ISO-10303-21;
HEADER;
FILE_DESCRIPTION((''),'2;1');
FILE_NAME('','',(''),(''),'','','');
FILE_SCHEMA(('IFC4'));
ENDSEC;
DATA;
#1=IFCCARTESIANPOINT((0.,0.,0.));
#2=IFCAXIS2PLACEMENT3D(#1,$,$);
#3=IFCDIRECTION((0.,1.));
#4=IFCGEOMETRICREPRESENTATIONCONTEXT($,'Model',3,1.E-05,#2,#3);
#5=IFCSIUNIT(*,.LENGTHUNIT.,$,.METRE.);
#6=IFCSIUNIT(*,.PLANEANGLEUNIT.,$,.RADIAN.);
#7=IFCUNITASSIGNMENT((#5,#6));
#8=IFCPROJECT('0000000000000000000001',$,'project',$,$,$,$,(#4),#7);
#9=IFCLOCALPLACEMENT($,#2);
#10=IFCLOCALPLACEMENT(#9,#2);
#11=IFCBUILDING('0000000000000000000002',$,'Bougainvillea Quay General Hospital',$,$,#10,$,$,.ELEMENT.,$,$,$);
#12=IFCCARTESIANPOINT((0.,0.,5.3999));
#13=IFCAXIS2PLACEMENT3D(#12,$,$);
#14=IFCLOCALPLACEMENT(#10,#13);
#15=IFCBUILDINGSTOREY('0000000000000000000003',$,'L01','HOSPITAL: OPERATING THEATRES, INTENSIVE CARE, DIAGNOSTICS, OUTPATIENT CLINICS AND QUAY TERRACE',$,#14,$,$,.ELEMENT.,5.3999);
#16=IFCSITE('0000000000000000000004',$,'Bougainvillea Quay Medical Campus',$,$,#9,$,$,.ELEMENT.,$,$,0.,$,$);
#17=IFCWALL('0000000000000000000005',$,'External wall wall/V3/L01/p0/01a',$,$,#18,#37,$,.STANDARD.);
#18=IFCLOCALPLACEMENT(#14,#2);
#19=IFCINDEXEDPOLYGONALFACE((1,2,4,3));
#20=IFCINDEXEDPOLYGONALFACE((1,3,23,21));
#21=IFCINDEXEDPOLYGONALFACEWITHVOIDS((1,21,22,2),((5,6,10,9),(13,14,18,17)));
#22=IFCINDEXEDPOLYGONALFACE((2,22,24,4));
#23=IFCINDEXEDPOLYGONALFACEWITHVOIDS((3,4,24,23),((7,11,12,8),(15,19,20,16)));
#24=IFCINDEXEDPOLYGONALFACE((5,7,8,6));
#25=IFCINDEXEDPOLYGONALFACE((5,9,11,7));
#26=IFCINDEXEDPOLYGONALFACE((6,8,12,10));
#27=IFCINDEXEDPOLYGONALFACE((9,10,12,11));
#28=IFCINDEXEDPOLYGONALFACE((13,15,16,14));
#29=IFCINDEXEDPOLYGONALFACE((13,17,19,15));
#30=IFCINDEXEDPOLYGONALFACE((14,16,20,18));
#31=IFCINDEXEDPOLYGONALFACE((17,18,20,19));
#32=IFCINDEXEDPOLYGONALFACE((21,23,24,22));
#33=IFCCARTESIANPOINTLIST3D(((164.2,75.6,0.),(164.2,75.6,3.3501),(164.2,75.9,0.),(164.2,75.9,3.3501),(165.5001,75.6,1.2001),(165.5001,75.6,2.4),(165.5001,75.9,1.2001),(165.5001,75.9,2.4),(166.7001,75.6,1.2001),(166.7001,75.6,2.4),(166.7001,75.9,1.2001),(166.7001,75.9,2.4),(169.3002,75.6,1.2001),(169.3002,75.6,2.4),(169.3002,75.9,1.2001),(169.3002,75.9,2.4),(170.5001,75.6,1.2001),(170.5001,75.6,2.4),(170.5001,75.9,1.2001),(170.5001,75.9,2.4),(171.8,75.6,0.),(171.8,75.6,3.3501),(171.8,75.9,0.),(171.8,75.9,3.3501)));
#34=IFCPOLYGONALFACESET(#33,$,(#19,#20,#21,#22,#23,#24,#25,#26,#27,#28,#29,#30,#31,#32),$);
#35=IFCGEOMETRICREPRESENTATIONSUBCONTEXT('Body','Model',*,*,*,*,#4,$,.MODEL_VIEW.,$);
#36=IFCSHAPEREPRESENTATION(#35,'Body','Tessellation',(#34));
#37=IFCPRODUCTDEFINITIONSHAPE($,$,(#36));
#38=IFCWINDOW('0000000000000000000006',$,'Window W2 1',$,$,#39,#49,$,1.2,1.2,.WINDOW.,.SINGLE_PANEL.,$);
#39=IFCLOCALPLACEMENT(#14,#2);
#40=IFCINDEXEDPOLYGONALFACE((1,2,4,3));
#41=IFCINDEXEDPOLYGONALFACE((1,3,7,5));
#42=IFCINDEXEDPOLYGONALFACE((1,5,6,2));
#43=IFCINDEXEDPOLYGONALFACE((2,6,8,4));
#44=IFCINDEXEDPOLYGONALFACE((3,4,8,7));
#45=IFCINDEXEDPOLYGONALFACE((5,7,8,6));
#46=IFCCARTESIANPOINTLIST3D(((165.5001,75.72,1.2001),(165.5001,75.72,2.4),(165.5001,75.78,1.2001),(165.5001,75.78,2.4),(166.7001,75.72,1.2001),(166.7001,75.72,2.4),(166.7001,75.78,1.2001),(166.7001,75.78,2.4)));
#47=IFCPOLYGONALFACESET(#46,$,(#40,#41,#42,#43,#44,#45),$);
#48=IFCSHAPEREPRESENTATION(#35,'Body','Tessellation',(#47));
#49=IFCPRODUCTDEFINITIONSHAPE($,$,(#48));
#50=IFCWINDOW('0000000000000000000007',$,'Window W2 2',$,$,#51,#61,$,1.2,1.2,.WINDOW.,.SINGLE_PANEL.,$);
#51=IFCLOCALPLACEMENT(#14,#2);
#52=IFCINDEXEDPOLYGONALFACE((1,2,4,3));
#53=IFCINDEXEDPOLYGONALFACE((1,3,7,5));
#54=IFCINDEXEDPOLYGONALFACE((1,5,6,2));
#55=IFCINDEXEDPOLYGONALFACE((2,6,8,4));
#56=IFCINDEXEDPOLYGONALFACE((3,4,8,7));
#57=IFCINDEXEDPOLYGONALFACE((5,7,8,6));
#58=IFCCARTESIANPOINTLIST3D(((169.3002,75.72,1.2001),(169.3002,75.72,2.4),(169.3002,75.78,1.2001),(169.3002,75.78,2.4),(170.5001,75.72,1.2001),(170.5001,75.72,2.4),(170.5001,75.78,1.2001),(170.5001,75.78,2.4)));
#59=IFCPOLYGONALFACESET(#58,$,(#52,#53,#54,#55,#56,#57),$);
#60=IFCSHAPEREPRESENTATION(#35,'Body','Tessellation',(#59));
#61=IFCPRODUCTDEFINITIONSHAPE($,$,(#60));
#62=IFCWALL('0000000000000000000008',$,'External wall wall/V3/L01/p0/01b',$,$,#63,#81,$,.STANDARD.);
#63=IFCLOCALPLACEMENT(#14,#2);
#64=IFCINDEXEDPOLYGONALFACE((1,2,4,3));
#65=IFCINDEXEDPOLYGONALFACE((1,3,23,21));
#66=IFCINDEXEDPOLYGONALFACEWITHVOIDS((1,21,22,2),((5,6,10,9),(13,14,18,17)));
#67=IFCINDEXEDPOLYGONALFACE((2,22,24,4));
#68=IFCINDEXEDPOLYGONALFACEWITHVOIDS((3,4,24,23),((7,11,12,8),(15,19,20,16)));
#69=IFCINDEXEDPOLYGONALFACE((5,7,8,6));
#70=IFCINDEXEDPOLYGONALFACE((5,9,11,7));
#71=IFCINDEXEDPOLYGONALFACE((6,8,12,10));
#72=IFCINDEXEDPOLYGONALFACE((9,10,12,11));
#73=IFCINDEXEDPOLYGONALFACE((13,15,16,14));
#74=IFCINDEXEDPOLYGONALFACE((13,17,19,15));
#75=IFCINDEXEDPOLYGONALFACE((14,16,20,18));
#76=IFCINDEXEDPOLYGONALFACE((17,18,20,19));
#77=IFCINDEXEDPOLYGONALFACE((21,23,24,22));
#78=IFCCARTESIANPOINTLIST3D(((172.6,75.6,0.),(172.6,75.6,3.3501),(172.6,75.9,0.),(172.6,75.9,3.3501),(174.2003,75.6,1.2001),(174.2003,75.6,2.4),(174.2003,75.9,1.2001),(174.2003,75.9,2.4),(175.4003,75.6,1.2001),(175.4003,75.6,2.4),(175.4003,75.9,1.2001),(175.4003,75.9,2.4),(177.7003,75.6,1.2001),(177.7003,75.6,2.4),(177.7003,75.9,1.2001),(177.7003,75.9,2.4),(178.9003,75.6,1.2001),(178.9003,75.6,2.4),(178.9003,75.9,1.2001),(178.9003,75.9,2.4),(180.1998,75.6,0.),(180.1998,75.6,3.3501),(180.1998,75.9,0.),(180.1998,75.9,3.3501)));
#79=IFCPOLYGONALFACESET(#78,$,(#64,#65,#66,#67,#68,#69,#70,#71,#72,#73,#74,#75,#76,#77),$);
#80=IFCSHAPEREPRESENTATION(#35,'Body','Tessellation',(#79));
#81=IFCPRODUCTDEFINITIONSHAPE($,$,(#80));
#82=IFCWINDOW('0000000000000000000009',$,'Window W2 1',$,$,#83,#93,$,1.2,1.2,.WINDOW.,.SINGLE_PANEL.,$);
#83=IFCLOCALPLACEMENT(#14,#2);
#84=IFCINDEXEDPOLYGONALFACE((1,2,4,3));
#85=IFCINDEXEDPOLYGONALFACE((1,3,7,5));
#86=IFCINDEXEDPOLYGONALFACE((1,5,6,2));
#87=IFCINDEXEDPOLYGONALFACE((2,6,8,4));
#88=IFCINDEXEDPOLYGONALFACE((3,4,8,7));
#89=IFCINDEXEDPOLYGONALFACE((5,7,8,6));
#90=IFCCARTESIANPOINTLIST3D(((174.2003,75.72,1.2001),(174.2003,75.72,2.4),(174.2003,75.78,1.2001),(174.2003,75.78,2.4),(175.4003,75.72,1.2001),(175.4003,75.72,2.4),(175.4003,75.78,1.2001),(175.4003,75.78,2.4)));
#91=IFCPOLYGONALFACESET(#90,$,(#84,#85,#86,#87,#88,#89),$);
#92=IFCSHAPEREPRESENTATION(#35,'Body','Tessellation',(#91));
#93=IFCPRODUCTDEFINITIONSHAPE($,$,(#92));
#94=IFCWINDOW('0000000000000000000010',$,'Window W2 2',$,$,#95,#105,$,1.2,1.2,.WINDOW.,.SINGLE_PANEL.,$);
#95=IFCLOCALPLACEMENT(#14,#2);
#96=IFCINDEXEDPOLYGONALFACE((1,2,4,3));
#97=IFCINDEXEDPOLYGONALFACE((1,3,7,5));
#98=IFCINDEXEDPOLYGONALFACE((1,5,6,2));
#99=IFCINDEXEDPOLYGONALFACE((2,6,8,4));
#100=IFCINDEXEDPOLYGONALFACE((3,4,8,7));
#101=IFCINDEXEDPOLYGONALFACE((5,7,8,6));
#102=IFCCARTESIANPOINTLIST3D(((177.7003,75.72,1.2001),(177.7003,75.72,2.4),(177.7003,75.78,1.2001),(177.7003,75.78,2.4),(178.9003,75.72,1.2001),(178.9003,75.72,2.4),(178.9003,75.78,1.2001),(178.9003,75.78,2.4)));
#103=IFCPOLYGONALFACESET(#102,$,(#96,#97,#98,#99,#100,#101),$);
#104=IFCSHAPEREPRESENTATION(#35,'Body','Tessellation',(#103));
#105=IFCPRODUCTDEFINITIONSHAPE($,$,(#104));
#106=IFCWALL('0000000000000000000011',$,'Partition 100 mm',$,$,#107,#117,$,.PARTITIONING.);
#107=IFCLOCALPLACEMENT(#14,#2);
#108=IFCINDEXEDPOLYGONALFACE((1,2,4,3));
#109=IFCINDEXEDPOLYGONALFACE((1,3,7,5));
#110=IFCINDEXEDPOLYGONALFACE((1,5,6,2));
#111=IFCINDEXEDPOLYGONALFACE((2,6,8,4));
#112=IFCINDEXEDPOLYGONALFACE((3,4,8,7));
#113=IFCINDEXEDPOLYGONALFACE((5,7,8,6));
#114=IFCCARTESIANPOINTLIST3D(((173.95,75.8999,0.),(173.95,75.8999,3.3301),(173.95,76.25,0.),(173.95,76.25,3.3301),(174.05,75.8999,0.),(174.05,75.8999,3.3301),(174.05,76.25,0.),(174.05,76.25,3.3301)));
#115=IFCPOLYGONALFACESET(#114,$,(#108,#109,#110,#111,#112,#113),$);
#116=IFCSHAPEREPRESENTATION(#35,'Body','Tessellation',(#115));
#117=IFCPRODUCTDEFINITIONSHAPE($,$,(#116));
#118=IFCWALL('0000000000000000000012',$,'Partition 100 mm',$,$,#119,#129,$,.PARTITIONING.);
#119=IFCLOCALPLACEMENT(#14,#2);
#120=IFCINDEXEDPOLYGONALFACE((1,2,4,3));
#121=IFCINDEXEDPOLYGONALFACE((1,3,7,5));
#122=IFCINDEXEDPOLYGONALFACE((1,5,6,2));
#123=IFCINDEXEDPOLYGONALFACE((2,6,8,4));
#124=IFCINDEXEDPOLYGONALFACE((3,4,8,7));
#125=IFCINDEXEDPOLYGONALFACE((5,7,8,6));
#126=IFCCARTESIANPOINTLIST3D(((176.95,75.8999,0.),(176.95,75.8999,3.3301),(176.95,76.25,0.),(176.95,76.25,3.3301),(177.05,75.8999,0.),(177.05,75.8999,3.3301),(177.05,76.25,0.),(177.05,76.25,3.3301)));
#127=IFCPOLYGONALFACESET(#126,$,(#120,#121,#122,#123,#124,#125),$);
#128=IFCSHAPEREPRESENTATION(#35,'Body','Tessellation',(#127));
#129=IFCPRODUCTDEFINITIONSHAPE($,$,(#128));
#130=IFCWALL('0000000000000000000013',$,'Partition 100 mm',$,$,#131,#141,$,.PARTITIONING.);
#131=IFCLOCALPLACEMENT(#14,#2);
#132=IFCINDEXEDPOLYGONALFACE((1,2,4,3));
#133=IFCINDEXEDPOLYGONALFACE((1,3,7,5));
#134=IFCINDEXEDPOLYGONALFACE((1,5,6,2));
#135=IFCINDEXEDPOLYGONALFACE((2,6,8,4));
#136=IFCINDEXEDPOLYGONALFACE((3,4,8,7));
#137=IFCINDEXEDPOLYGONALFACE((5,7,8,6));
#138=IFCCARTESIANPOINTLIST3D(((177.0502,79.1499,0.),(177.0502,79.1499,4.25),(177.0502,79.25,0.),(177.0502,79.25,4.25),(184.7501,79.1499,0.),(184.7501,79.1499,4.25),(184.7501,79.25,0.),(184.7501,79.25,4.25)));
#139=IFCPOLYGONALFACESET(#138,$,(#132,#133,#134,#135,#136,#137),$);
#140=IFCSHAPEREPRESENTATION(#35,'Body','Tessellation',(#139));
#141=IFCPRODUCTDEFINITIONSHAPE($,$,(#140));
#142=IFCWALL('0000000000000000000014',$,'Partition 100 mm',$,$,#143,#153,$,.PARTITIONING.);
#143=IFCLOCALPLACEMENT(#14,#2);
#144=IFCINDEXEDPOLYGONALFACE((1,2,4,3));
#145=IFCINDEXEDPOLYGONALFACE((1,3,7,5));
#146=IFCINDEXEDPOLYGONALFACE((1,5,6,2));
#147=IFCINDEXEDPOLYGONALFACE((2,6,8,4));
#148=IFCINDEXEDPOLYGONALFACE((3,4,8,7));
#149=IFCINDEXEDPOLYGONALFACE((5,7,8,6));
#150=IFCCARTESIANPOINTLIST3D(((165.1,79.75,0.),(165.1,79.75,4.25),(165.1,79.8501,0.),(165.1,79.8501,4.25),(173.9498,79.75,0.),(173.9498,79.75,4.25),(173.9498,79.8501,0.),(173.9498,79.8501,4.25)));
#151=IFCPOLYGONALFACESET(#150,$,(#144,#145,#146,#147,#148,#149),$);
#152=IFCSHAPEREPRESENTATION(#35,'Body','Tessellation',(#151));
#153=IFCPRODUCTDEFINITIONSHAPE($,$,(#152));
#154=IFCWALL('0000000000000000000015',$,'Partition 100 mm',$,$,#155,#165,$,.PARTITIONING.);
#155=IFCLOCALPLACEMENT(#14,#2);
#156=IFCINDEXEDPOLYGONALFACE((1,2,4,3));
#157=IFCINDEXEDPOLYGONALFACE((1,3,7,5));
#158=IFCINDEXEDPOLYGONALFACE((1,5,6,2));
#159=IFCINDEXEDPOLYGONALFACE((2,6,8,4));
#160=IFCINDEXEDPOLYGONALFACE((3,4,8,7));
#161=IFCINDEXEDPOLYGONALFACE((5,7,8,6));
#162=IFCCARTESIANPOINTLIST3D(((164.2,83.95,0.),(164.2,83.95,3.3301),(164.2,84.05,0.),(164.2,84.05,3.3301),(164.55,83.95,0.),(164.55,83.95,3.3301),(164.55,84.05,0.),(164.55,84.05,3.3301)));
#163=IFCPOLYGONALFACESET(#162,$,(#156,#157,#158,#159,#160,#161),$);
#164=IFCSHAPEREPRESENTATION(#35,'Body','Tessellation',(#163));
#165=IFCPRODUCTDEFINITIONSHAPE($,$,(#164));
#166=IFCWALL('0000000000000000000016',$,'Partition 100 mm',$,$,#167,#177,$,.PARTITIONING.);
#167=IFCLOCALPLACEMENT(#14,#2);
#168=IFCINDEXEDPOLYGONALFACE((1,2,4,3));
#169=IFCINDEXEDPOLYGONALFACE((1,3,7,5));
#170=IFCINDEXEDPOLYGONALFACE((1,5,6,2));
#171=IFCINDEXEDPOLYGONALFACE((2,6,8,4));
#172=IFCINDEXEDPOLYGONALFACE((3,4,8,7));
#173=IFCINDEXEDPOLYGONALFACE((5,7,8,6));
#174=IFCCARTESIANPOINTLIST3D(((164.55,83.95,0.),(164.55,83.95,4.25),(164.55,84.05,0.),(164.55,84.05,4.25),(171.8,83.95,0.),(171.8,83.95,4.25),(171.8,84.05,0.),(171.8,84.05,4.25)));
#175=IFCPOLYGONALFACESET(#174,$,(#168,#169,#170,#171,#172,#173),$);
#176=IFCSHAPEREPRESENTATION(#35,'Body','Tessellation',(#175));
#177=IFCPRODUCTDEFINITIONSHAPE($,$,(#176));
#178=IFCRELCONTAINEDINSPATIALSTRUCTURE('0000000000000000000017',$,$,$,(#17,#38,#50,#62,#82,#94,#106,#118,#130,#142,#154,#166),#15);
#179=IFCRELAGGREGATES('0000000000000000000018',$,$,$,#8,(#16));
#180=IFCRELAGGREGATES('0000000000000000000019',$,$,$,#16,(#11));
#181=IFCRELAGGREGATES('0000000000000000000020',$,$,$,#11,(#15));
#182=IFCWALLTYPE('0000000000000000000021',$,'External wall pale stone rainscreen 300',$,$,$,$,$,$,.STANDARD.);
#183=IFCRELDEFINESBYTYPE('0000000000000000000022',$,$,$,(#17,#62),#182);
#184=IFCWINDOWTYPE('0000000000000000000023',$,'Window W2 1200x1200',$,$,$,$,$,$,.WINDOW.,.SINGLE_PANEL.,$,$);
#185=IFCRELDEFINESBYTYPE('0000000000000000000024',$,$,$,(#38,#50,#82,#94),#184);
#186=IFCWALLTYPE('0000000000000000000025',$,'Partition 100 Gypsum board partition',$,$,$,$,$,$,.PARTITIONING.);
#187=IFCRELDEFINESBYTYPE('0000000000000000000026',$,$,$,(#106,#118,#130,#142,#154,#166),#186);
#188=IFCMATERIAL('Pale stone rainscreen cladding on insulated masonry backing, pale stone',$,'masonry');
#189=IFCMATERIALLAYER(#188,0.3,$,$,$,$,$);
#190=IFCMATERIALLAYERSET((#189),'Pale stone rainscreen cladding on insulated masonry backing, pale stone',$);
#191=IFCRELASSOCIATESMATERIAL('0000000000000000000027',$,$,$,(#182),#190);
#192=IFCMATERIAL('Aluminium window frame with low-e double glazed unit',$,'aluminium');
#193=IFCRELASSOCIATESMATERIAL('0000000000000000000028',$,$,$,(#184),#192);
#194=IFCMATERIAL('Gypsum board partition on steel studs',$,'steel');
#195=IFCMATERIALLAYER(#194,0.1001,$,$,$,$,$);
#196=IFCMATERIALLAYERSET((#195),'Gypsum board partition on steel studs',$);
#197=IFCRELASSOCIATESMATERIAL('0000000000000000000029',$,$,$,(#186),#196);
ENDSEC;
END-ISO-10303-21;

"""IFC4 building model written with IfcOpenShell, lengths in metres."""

from ifc_helpers import new_model, si_unit, direction, frame, frame_2d, origin, place, context, subcontext, project, spatial, rectangle, extrude, material, layer, layer_set, type_object, element, fill, save


model = new_model("IFC4")

# Units and contexts
model_context = context("Model", 3, precision=1e-05, world=origin(), true_north=direction((0.0, 1.0)))
body_context = subcontext(model_context, "Body", "Model", "MODEL_VIEW")
ifc_project = project(units=[si_unit("LENGTHUNIT", "METRE"), si_unit("PLANEANGLEUNIT", "RADIAN")], contexts=[model_context])

# Site, building, storey
site_placement = place(None, origin())
site = spatial("IfcSite", under=ifc_project, at=site_placement, Name="Bougainvillea Quay Medical Campus", CompositionType="ELEMENT", RefElevation=0.0)
building_placement = place(site_placement, origin())
building = spatial("IfcBuilding", under=site, at=building_placement, Name="Bougainvillea Quay General Hospital", CompositionType="ELEMENT")
storey_placement = place(building_placement, frame((0.0, 0.0, 5.3999)))
storey = spatial("IfcBuildingStorey", under=building, at=storey_placement, Name="L01", Description="HOSPITAL: OPERATING THEATRES, INTENSIVE CARE, DIAGNOSTICS, OUTPATIENT CLINICS AND QUAY TERRACE", CompositionType="ELEMENT", Elevation=5.3999)

# Shared definitions
ifc_material_1 = material(Name="Pale stone rainscreen cladding on insulated masonry backing, pale stone", Category="masonry")
ifc_layer_1 = layer(ifc_material_1, 0.3)
ifc_layer_set_1 = layer_set([ifc_layer_1], Name="Pale stone rainscreen cladding on insulated masonry backing, pale stone")
wall_type_1 = type_object("IfcWallType", Name="External wall pale stone rainscreen 300", PredefinedType="STANDARD", material=ifc_layer_set_1)
ifc_material_2 = material(Name="Aluminium window frame with low-e double glazed unit", Category="aluminium")
window_type = type_object("IfcWindowType", Name="Window W2 1200x1200", PartitioningType="SINGLE_PANEL", PredefinedType="WINDOW", material=ifc_material_2)

# Walls, openings, windows
wall_1_placement = place(storey_placement, frame((164.2, 75.75, 0.0), z_axis=(0.0, 0.0, 1.0), x_axis=(1.0, 0.0, 0.0)))
wall_1 = element("IfcWall", 1, at=wall_1_placement, inside=storey, type_object=wall_type_1, Name="External wall wall/V3/L01/p0/01a", PredefinedType="STANDARD", context=body_context, shape_type="SweptSolid", body=[
    extrude(rectangle(XDim=7.6001, YDim=0.3, at=frame_2d((3.8, 0.0))), origin(), (0.0, 0.0, 1.0), 3.3501),
])
opening_1_placement = place(wall_1_placement, frame((1.3, 0.0, 1.2)))
opening_1 = element("IfcOpeningElement", 2, at=opening_1_placement, cuts=wall_1, PredefinedType="OPENING", context=body_context, shape_type="SweptSolid", body=[
    extrude(rectangle(XDim=1.2, YDim=1.2, at=frame_2d((0.6001, 0.6001))), frame((0.0, 0.1599, 0.0), z_axis=(0.0, -1.0, 0.0), x_axis=(1.0, 0.0, 0.0)), (0.0, 0.0, 1.0), 0.3201),
])
opening_2_placement = place(wall_1_placement, frame((5.1001, 0.0, 1.2)))
opening_2 = element("IfcOpeningElement", 3, at=opening_2_placement, cuts=wall_1, PredefinedType="OPENING", context=body_context, shape_type="SweptSolid", body=[
    extrude(rectangle(XDim=1.2, YDim=1.2, at=frame_2d((0.6001, 0.6001))), frame((0.0, 0.1599, 0.0), z_axis=(0.0, -1.0, 0.0), x_axis=(1.0, 0.0, 0.0)), (0.0, 0.0, 1.0), 0.3201),
])
window_1_placement = place(opening_1_placement, origin())
window_1 = element("IfcWindow", 4, at=window_1_placement, inside=storey, type_object=window_type, Name="Window W2 1", OverallHeight=1.2, OverallWidth=1.2, PartitioningType="SINGLE_PANEL", PredefinedType="WINDOW", context=body_context, shape_type="SweptSolid", body=[
    extrude(rectangle(XDim=1.2, YDim=1.2, at=frame_2d((0.6001, 0.6001))), frame((0.0, 0.03, 0.0), z_axis=(0.0, -1.0, 0.0), x_axis=(1.0, 0.0, 0.0)), (0.0, 0.0, 1.0), 0.0601),
])
fill(opening_1, window_1)
window_2_placement = place(opening_2_placement, origin())
window_2 = element("IfcWindow", 5, at=window_2_placement, inside=storey, type_object=window_type, Name="Window W2 2", OverallHeight=1.2, OverallWidth=1.2, PartitioningType="SINGLE_PANEL", PredefinedType="WINDOW", context=body_context, shape_type="SweptSolid", body=[
    extrude(rectangle(XDim=1.2, YDim=1.2, at=frame_2d((0.6001, 0.6001))), frame((0.0, 0.03, 0.0), z_axis=(0.0, -1.0, 0.0), x_axis=(1.0, 0.0, 0.0)), (0.0, 0.0, 1.0), 0.0601),
])
fill(opening_2, window_2)
wall_2_placement = place(storey_placement, frame((172.6001, 75.75, 0.0), z_axis=(0.0, 0.0, 1.0), x_axis=(1.0, 0.0, 0.0)))
wall_2 = element("IfcWall", 6, at=wall_2_placement, inside=storey, type_object=wall_type_1, Name="External wall wall/V3/L01/p0/01b", PredefinedType="STANDARD", context=body_context, shape_type="SweptSolid", body=[
    extrude(rectangle(XDim=7.5999, YDim=0.3, at=frame_2d((3.7998, 0.0))), origin(), (0.0, 0.0, 1.0), 3.3501),
])
opening_3_placement = place(wall_2_placement, frame((1.6001, 0.0, 1.2)))
opening_3 = element("IfcOpeningElement", 7, at=opening_3_placement, cuts=wall_2, PredefinedType="OPENING", context=body_context, shape_type="SweptSolid", body=[
    extrude(rectangle(XDim=1.2, YDim=1.2, at=frame_2d((0.6001, 0.6001))), frame((0.0, 0.1599, 0.0), z_axis=(0.0, -1.0, 0.0), x_axis=(1.0, 0.0, 0.0)), (0.0, 0.0, 1.0), 0.3201),
])
opening_4_placement = place(wall_2_placement, frame((5.1001, 0.0, 1.2)))
opening_4 = element("IfcOpeningElement", 8, at=opening_4_placement, cuts=wall_2, PredefinedType="OPENING", context=body_context, shape_type="SweptSolid", body=[
    extrude(rectangle(XDim=1.2, YDim=1.2, at=frame_2d((0.6001, 0.6001))), frame((0.0, 0.1599, 0.0), z_axis=(0.0, -1.0, 0.0), x_axis=(1.0, 0.0, 0.0)), (0.0, 0.0, 1.0), 0.3201),
])
window_3_placement = place(opening_3_placement, origin())
window_3 = element("IfcWindow", 9, at=window_3_placement, inside=storey, type_object=window_type, Name="Window W2 1", OverallHeight=1.2, OverallWidth=1.2, PartitioningType="SINGLE_PANEL", PredefinedType="WINDOW", context=body_context, shape_type="SweptSolid", body=[
    extrude(rectangle(XDim=1.2, YDim=1.2, at=frame_2d((0.6001, 0.6001))), frame((0.0, 0.03, 0.0), z_axis=(0.0, -1.0, 0.0), x_axis=(1.0, 0.0, 0.0)), (0.0, 0.0, 1.0), 0.0601),
])
fill(opening_3, window_3)
window_4_placement = place(opening_4_placement, origin())
window_4 = element("IfcWindow", 10, at=window_4_placement, inside=storey, type_object=window_type, Name="Window W2 2", OverallHeight=1.2, OverallWidth=1.2, PartitioningType="SINGLE_PANEL", PredefinedType="WINDOW", context=body_context, shape_type="SweptSolid", body=[
    extrude(rectangle(XDim=1.2, YDim=1.2, at=frame_2d((0.6001, 0.6001))), frame((0.0, 0.03, 0.0), z_axis=(0.0, -1.0, 0.0), x_axis=(1.0, 0.0, 0.0)), (0.0, 0.0, 1.0), 0.0601),
])
fill(opening_4, window_4)

# Walls
ifc_material_3 = material(Name="Gypsum board partition on steel studs", Category="steel")
ifc_layer_2 = layer(ifc_material_3, 0.1001)
ifc_layer_set_2 = layer_set([ifc_layer_2], Name="Gypsum board partition on steel studs")
wall_type_2 = type_object("IfcWallType", Name="Partition 100 Gypsum board partition", PredefinedType="PARTITIONING", material=ifc_layer_set_2)
for number, where, z_axis, x_axis, name in (
    (11, (174.0, 76.25, 0.0), (0.0, 0.0, 1.0), (0.0, -1.0, 0.0), "Partition 100 mm"),
    (12, (177.0, 76.25, 0.0), (0.0, 0.0, 1.0), (0.0, -1.0, 0.0), "Partition 100 mm"),
):
    element("IfcWall", number, at=place(storey_placement, frame(where, z_axis=z_axis, x_axis=x_axis)), inside=storey, type_object=wall_type_2, Name=name, PredefinedType="PARTITIONING", context=body_context, shape_type="SweptSolid", body=[
        extrude(rectangle(XDim=0.3501, YDim=0.1001, at=frame_2d((0.175, 0.0))), origin(), (0.0, 0.0, 1.0), 3.3301),
    ])
wall_3_placement = place(storey_placement, frame((177.05, 79.2, 0.0), z_axis=(0.0, 0.0, 1.0), x_axis=(1.0, 0.0, 0.0)))
element("IfcWall", 13, at=wall_3_placement, inside=storey, type_object=wall_type_2, Name="Partition 100 mm", PredefinedType="PARTITIONING", context=body_context, shape_type="SweptSolid", body=[
    extrude(rectangle(XDim=7.7, YDim=0.1001, at=frame_2d((3.8501, 0.0))), origin(), (0.0, 0.0, 1.0), 4.25),
])
wall_4_placement = place(storey_placement, frame((165.1001, 79.8, 0.0), z_axis=(0.0, 0.0, 1.0), x_axis=(1.0, 0.0, 0.0)))
element("IfcWall", 14, at=wall_4_placement, inside=storey, type_object=wall_type_2, Name="Partition 100 mm", PredefinedType="PARTITIONING", context=body_context, shape_type="SweptSolid", body=[
    extrude(rectangle(XDim=8.8499, YDim=0.1001, at=frame_2d((4.4248, 0.0))), origin(), (0.0, 0.0, 1.0), 4.25),
])
wall_5_placement = place(storey_placement, frame((164.2, 84.0, 0.0), z_axis=(0.0, 0.0, 1.0), x_axis=(1.0, 0.0, 0.0)))
element("IfcWall", 15, at=wall_5_placement, inside=storey, type_object=wall_type_2, Name="Partition 100 mm", PredefinedType="PARTITIONING", context=body_context, shape_type="SweptSolid", body=[
    extrude(rectangle(XDim=0.3501, YDim=0.1001, at=frame_2d((0.175, 0.0))), origin(), (0.0, 0.0, 1.0), 3.3301),
])
wall_6_placement = place(storey_placement, frame((164.55, 84.0, 0.0), z_axis=(0.0, 0.0, 1.0), x_axis=(1.0, 0.0, 0.0)))
element("IfcWall", 16, at=wall_6_placement, inside=storey, type_object=wall_type_2, Name="Partition 100 mm", PredefinedType="PARTITIONING", context=body_context, shape_type="SweptSolid", body=[
    extrude(rectangle(XDim=7.25, YDim=0.1001, at=frame_2d((3.625, 0.0))), origin(), (0.0, 0.0, 1.0), 4.25),
])

save(model, "model.ifc")
